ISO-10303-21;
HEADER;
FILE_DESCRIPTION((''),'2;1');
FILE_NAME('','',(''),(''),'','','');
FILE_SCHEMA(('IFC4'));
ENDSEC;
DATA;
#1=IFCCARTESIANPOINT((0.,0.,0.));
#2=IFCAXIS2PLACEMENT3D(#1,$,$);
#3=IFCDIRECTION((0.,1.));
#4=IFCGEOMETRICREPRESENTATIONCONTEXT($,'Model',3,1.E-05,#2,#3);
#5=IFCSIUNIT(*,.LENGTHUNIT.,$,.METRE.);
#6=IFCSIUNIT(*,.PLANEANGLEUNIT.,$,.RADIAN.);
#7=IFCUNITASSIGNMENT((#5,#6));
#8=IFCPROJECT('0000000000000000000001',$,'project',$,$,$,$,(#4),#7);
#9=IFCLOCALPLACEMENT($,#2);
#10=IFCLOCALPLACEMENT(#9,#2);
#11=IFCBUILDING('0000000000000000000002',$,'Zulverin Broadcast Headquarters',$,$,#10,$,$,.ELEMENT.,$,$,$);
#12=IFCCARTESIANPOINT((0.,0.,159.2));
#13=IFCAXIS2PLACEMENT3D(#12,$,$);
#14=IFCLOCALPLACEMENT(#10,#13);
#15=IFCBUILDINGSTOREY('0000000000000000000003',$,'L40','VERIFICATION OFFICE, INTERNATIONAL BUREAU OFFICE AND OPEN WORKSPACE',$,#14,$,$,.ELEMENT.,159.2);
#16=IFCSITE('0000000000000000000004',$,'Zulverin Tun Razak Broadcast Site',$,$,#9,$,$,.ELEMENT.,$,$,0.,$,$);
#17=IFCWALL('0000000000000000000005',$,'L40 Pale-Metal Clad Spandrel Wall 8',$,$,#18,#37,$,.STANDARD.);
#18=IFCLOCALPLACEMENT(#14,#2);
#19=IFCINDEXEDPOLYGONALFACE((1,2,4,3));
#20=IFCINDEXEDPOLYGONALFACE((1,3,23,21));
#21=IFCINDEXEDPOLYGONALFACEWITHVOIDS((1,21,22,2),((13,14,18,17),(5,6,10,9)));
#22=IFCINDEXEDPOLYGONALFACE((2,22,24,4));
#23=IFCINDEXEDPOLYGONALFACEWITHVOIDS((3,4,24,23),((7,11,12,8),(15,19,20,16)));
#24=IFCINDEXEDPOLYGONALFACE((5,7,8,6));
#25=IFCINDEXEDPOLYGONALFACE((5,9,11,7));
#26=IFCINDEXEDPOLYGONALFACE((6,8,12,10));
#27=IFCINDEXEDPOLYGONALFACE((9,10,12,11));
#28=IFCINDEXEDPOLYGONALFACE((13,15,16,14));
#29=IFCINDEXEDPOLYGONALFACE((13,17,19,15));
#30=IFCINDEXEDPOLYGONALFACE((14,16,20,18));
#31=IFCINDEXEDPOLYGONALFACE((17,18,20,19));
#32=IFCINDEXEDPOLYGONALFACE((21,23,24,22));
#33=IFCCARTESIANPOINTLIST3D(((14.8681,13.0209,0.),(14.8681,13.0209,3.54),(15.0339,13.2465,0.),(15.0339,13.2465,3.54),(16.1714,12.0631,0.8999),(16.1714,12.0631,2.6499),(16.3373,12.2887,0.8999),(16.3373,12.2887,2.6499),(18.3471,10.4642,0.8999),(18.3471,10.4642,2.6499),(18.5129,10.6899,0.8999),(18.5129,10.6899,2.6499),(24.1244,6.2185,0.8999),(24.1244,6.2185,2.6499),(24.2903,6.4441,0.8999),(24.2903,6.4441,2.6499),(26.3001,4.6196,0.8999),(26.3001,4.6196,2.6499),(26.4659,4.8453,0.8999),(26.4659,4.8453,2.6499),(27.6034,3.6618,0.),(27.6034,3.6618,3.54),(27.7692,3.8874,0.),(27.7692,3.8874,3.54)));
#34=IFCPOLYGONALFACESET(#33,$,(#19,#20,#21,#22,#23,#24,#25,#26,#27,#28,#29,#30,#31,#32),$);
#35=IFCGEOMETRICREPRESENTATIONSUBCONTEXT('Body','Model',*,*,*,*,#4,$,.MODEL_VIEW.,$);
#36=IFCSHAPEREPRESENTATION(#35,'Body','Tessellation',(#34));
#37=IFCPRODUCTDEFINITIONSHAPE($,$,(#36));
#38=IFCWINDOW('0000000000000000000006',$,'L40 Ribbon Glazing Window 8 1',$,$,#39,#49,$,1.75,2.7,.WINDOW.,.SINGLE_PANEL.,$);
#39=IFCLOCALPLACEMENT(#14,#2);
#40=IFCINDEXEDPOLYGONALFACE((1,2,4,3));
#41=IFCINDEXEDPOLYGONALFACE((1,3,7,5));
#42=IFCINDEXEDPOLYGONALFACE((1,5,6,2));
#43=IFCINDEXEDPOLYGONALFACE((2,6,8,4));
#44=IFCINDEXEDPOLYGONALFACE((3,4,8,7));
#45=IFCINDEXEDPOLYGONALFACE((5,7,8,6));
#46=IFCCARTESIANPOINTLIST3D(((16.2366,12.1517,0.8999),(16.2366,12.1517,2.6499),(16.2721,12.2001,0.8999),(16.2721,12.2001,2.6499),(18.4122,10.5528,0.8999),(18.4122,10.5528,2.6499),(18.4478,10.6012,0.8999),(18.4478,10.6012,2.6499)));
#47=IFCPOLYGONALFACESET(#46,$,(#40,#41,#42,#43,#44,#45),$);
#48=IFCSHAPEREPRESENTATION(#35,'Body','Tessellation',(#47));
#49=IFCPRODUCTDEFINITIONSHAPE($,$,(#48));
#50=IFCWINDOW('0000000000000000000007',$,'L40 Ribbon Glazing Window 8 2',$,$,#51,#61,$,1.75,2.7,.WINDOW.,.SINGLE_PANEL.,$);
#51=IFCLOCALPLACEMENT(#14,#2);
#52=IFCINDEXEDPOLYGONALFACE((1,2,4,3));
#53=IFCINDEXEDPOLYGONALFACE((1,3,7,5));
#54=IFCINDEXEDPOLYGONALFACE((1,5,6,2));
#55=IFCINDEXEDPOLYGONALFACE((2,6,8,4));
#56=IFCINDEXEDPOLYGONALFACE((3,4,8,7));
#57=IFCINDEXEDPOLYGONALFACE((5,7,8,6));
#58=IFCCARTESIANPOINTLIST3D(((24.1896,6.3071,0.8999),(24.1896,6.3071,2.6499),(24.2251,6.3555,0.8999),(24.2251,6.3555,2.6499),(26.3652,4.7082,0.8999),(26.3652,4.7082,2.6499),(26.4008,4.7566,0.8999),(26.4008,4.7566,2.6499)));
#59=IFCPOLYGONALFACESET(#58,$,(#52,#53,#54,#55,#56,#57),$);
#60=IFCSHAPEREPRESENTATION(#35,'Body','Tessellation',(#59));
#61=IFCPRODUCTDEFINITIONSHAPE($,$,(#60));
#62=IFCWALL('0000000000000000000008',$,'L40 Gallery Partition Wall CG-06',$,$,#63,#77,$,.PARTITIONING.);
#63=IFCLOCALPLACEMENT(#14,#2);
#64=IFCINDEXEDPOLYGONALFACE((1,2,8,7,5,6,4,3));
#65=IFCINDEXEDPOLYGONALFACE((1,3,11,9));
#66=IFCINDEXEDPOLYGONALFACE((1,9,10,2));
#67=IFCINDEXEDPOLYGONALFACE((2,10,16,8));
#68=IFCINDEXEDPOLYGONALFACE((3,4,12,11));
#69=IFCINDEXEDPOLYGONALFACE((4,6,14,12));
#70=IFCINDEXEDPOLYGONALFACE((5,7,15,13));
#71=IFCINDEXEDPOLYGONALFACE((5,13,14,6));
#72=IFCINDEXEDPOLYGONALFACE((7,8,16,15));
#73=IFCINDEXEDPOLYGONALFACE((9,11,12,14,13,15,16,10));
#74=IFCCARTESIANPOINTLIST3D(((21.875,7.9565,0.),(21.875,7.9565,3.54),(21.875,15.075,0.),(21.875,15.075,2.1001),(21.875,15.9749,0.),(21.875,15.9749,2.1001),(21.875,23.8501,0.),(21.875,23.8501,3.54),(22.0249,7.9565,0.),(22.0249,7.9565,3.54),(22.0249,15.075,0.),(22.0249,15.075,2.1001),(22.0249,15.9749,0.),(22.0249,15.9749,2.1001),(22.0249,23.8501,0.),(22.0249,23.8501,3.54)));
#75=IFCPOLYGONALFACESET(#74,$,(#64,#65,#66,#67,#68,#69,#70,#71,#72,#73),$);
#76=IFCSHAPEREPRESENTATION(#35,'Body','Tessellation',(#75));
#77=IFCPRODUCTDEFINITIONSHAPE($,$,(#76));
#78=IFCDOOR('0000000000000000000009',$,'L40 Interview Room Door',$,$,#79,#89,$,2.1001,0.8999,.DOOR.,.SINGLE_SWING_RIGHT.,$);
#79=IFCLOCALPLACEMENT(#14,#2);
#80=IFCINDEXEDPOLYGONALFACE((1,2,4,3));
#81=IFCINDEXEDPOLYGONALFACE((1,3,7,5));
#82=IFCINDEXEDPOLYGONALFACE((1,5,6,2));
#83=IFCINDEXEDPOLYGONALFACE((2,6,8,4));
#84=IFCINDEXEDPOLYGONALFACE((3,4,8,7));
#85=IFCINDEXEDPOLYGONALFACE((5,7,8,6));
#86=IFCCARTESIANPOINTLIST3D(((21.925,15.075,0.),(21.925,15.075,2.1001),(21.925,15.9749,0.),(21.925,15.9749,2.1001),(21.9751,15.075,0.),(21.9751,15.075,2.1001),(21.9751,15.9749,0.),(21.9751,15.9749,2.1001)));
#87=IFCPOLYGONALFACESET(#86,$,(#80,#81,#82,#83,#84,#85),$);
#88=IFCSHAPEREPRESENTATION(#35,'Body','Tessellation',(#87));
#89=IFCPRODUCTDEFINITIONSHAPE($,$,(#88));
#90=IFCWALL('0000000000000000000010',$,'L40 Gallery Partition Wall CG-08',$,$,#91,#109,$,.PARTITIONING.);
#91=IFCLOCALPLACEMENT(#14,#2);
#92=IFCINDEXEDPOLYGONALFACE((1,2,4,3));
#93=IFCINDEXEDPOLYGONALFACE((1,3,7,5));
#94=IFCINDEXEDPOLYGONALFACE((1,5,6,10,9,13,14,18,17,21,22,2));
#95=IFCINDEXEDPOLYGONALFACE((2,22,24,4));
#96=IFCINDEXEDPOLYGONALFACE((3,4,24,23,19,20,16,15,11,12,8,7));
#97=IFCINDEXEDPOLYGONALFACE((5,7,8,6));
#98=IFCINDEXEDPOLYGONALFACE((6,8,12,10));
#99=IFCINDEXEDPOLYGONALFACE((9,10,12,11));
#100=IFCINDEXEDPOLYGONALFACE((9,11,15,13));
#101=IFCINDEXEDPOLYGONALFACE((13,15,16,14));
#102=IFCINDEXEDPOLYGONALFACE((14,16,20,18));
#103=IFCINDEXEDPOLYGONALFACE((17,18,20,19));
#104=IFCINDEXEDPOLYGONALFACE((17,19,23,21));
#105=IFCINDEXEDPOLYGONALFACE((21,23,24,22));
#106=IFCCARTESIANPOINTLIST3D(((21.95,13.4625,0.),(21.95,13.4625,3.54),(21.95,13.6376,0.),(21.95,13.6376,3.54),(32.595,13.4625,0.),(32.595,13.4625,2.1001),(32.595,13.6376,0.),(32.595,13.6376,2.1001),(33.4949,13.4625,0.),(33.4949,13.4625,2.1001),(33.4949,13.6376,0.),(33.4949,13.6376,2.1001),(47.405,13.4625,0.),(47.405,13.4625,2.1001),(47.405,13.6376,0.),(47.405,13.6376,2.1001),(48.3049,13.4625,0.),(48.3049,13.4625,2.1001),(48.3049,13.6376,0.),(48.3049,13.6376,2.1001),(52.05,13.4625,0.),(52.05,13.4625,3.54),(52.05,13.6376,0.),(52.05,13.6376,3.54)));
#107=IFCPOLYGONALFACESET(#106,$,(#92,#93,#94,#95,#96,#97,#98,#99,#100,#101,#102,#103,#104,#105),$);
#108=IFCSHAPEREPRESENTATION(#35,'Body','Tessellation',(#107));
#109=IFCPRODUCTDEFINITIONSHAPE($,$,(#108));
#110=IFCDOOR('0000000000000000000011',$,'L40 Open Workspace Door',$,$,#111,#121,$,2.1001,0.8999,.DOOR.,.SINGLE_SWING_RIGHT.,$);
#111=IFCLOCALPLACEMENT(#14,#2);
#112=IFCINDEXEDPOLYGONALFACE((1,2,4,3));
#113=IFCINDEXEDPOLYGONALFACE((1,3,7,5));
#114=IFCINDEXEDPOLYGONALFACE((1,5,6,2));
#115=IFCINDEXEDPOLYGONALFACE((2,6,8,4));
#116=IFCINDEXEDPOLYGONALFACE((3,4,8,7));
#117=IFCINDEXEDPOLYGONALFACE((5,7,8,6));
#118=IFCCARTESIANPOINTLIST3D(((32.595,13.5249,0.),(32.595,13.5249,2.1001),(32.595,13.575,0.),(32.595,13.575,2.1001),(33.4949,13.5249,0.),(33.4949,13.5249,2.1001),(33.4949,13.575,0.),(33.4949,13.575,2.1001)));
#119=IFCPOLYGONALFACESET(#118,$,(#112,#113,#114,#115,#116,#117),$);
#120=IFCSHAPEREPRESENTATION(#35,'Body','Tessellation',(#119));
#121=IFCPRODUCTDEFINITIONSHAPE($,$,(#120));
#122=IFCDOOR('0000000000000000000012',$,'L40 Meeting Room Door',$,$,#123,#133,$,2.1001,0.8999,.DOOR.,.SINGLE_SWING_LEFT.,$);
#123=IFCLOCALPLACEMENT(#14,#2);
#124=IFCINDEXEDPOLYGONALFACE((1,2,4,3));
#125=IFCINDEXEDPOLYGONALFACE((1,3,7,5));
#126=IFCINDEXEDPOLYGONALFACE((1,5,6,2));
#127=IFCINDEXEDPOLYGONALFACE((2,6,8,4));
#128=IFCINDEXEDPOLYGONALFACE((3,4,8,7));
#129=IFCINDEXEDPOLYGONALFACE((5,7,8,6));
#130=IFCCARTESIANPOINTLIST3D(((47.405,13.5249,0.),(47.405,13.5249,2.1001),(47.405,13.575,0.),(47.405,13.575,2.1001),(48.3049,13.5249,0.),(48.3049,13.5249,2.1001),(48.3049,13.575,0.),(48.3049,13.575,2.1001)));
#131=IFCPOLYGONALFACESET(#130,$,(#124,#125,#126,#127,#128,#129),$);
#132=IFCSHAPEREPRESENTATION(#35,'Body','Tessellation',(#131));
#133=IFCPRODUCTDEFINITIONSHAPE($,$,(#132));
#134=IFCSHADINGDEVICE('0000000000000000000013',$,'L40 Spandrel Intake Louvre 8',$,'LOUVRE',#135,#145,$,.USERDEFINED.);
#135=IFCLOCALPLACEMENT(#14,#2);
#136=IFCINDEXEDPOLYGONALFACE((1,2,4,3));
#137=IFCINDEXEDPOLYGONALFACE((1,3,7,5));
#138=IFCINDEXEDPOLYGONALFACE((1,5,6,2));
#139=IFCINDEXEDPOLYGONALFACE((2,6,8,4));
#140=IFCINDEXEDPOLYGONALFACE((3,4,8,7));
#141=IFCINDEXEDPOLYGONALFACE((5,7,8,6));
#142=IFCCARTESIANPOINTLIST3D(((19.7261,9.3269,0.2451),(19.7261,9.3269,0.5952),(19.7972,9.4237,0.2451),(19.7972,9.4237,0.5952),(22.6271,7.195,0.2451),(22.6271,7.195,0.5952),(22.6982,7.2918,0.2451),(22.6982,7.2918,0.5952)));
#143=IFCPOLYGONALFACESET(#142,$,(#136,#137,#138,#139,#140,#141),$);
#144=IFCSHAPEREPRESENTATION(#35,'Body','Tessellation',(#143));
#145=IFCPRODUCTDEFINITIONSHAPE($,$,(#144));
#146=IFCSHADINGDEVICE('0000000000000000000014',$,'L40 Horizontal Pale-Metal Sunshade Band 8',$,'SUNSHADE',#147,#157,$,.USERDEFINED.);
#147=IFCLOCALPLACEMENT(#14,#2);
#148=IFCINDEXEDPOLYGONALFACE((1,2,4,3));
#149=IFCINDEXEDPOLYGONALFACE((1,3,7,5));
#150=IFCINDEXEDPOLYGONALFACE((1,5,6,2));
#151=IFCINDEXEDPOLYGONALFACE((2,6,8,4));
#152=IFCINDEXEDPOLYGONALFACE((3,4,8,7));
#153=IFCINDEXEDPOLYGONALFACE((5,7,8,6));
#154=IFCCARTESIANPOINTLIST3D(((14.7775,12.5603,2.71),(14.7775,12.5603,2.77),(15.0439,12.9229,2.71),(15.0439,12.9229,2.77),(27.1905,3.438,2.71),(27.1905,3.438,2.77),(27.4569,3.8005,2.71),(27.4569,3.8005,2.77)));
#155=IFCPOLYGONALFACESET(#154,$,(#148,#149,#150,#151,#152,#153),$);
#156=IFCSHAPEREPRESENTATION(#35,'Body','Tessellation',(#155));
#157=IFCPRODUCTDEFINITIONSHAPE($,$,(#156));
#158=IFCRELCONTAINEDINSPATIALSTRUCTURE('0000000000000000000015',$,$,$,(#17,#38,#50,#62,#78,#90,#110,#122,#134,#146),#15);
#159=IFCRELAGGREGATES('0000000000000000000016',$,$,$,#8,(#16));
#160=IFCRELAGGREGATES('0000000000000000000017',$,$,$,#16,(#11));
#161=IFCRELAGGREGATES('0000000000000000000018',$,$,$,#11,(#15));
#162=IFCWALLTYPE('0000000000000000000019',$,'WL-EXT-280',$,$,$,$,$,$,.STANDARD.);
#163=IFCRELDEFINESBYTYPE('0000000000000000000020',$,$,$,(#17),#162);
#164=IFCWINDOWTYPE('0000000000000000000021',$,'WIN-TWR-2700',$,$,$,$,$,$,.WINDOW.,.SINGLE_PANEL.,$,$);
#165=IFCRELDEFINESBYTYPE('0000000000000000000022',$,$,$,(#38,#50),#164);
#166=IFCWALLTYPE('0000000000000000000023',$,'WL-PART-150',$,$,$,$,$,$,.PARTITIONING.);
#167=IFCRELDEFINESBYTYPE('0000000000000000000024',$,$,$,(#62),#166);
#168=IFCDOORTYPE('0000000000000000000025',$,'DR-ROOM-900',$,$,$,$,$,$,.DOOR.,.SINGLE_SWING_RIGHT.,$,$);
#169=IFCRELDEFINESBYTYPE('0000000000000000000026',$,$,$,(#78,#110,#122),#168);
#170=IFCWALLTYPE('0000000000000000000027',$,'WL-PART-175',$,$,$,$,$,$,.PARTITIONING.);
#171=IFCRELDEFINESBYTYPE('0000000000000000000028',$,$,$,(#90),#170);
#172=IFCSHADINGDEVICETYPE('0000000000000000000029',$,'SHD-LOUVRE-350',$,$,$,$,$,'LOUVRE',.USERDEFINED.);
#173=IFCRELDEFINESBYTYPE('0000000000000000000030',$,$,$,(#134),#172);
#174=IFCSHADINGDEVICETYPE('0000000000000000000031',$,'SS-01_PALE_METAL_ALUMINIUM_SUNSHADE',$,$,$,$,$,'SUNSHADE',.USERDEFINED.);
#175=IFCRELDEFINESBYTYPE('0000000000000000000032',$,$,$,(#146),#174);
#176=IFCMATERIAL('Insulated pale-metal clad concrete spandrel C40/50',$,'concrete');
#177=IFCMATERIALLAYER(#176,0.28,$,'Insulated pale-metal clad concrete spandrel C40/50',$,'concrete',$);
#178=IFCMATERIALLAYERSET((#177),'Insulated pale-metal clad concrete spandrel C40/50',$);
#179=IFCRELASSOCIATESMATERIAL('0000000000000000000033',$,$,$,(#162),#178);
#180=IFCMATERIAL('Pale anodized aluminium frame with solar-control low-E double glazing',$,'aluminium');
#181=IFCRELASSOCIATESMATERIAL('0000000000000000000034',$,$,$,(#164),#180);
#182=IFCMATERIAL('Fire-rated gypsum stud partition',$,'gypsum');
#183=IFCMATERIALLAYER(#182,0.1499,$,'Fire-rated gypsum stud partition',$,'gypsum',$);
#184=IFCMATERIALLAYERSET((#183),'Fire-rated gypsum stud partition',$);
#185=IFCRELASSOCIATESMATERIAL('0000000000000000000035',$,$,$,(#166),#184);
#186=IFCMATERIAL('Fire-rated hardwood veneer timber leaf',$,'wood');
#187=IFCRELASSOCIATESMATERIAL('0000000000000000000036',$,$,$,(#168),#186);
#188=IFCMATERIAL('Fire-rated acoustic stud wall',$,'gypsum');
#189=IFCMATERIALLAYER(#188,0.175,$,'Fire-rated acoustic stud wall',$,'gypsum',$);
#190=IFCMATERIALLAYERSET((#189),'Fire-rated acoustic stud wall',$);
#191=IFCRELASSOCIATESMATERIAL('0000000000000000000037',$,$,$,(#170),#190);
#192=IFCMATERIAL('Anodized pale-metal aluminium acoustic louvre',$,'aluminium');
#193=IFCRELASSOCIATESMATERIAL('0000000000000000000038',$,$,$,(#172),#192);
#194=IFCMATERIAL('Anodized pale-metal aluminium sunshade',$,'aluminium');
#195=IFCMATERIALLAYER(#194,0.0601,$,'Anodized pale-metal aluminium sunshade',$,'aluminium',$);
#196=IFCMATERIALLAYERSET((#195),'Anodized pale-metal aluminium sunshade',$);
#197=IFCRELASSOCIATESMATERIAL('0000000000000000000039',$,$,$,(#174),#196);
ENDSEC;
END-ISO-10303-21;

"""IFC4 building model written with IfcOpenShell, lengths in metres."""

from ifc_helpers import new_model, si_unit, direction, frame, frame_2d, origin, origin_2d, place, context, subcontext, project, spatial, rectangle, extrude, material, layer, layer_set, type_object, element, fill, save


model = new_model("IFC4")

# Units and contexts
model_context = context("Model", 3, precision=1e-05, world=origin(), true_north=direction((0.0, 1.0)))
body_context = subcontext(model_context, "Body", "Model", "MODEL_VIEW")
ifc_project = project(units=[si_unit("LENGTHUNIT", "METRE"), si_unit("PLANEANGLEUNIT", "RADIAN")], contexts=[model_context])

# Site, building, storey
site_placement = place(None, origin())
site = spatial("IfcSite", under=ifc_project, at=site_placement, Name="Zulverin Tun Razak Broadcast Site", CompositionType="ELEMENT", RefElevation=0.0)
building_placement = place(site_placement, origin())
building = spatial("IfcBuilding", under=site, at=building_placement, Name="Zulverin Broadcast Headquarters", CompositionType="ELEMENT")
storey_placement = place(building_placement, frame((0.0, 0.0, 159.2)))
storey = spatial("IfcBuildingStorey", under=building, at=storey_placement, Name="L40", Description="VERIFICATION OFFICE, INTERNATIONAL BUREAU OFFICE AND OPEN WORKSPACE", CompositionType="ELEMENT", Elevation=159.2)

# Wall, openings, windows
ifc_material_1 = material(Name="Insulated pale-metal clad concrete spandrel C40/50", Category="concrete")
ifc_layer_1 = layer(ifc_material_1, 0.28, Name="Insulated pale-metal clad concrete spandrel C40/50", Category="concrete")
ifc_layer_set_1 = layer_set([ifc_layer_1], Name="Insulated pale-metal clad concrete spandrel C40/50")
wall_type_1 = type_object("IfcWallType", Name="WL-EXT-280", PredefinedType="STANDARD", material=ifc_layer_set_1)
wall_1_placement = place(storey_placement, frame((14.9509, 13.1338, 0.0), z_axis=(0.0, 0.0, 1.0), x_axis=(0.805805, -0.592181, 0.0)))
wall_1 = element("IfcWall", 1, at=wall_1_placement, inside=storey, type_object=wall_type_1, Name="L40 Pale-Metal Clad Spandrel Wall 8", PredefinedType="STANDARD", context=body_context, shape_type="SweptSolid", body=[
    extrude(rectangle(XDim=15.8044, YDim=0.28, at=frame_2d((7.9023, 0.0))), origin(), (0.0, 0.0, 1.0), 3.54),
])
opening_1_placement = place(wall_1_placement, frame((1.6174, 0.0, 0.8999)))
opening_1 = element("IfcOpeningElement", 2, at=opening_1_placement, cuts=wall_1, PredefinedType="OPENING", context=body_context, shape_type="SweptSolid", body=[
    extrude(rectangle(XDim=2.7, YDim=1.75, at=frame_2d((1.3501, 0.875))), frame((0.0, 0.1499, 0.0), z_axis=(0.0, -1.0, 0.0), x_axis=(1.0, 0.0, 0.0)), (0.0, 0.0, 1.0), 0.3),
])
opening_2_placement = place(wall_1_placement, frame((11.4871, 0.0, 0.8999)))
opening_2 = element("IfcOpeningElement", 3, at=opening_2_placement, cuts=wall_1, PredefinedType="OPENING", context=body_context, shape_type="SweptSolid", body=[
    extrude(rectangle(XDim=2.7, YDim=1.75, at=frame_2d((1.3501, 0.875))), frame((0.0, 0.1499, 0.0), z_axis=(0.0, -1.0, 0.0), x_axis=(1.0, 0.0, 0.0)), (0.0, 0.0, 1.0), 0.3),
])
ifc_material_2 = material(Name="Pale anodized aluminium frame with solar-control low-E double glazing", Category="aluminium")
window_type = type_object("IfcWindowType", Name="WIN-TWR-2700", PartitioningType="SINGLE_PANEL", PredefinedType="WINDOW", material=ifc_material_2)
window_1_placement = place(opening_1_placement, origin())
window_1 = element("IfcWindow", 4, at=window_1_placement, inside=storey, type_object=window_type, Name="L40 Ribbon Glazing Window 8 1", OverallHeight=1.75, OverallWidth=2.7, PartitioningType="SINGLE_PANEL", PredefinedType="WINDOW", context=body_context, shape_type="SweptSolid", body=[
    extrude(rectangle(XDim=2.7, YDim=1.75, at=frame_2d((1.3501, 0.875))), frame((0.0, 0.03, 0.0), z_axis=(0.0, -1.0, 0.0), x_axis=(1.0, 0.0, 0.0)), (0.0, 0.0, 1.0), 0.0601),
])
fill(opening_1, window_1)
window_2_placement = place(opening_2_placement, origin())
window_2 = element("IfcWindow", 5, at=window_2_placement, inside=storey, type_object=window_type, Name="L40 Ribbon Glazing Window 8 2", OverallHeight=1.75, OverallWidth=2.7, PartitioningType="SINGLE_PANEL", PredefinedType="WINDOW", context=body_context, shape_type="SweptSolid", body=[
    extrude(rectangle(XDim=2.7, YDim=1.75, at=frame_2d((1.3501, 0.875))), frame((0.0, 0.03, 0.0), z_axis=(0.0, -1.0, 0.0), x_axis=(1.0, 0.0, 0.0)), (0.0, 0.0, 1.0), 0.0601),
])
fill(opening_2, window_2)

# Wall, opening, door
ifc_material_3 = material(Name="Fire-rated gypsum stud partition", Category="gypsum")
ifc_layer_2 = layer(ifc_material_3, 0.1499, Name="Fire-rated gypsum stud partition", Category="gypsum")
ifc_layer_set_2 = layer_set([ifc_layer_2], Name="Fire-rated gypsum stud partition")
wall_type_2 = type_object("IfcWallType", Name="WL-PART-150", PredefinedType="PARTITIONING", material=ifc_layer_set_2)
wall_2_placement = place(storey_placement, frame((21.95, 7.9565, 0.0), z_axis=(0.0, 0.0, 1.0), x_axis=(0.0, 1.0, 0.0)))
wall_2 = element("IfcWall", 6, at=wall_2_placement, inside=storey, type_object=wall_type_2, Name="L40 Gallery Partition Wall CG-06", PredefinedType="PARTITIONING", context=body_context, shape_type="SweptSolid", body=[
    extrude(rectangle(XDim=15.8936, YDim=0.1499, at=frame_2d((7.9468, 0.0))), origin(), (0.0, 0.0, 1.0), 3.54),
])
opening_3_placement = place(wall_2_placement, frame((7.1184, 0.0, 0.0)))
opening_3 = element("IfcOpeningElement", 7, at=opening_3_placement, cuts=wall_2, PredefinedType="OPENING", context=body_context, shape_type="SweptSolid", body=[
    extrude(rectangle(XDim=0.8999, YDim=2.1001, at=frame_2d((0.45, 1.05))), frame((0.0, 0.085, 0.0), z_axis=(0.0, -1.0, 0.0), x_axis=(1.0, 0.0, 0.0)), (0.0, 0.0, 1.0), 0.1699),
])
ifc_material_4 = material(Name="Fire-rated hardwood veneer timber leaf", Category="wood")
door_type_1 = type_object("IfcDoorType", Name="DR-ROOM-900", OperationType="SINGLE_SWING_RIGHT", PredefinedType="DOOR", material=ifc_material_4)
door_1_placement = place(opening_3_placement, origin())
door_1 = element("IfcDoor", 8, at=door_1_placement, inside=storey, type_object=door_type_1, Name="L40 Interview Room Door", OperationType="SINGLE_SWING_RIGHT", OverallHeight=2.1001, OverallWidth=0.8999, PredefinedType="DOOR", context=body_context, shape_type="SweptSolid", body=[
    extrude(rectangle(XDim=0.8999, YDim=2.1001, at=frame_2d((0.45, 1.05))), frame((0.0, 0.0249, 0.0), z_axis=(0.0, -1.0, 0.0), x_axis=(1.0, 0.0, 0.0)), (0.0, 0.0, 1.0), 0.05),
])
fill(opening_3, door_1)

# Wall, openings, doors
ifc_material_5 = material(Name="Fire-rated acoustic stud wall", Category="gypsum")
ifc_layer_3 = layer(ifc_material_5, 0.175, Name="Fire-rated acoustic stud wall", Category="gypsum")
ifc_layer_set_3 = layer_set([ifc_layer_3], Name="Fire-rated acoustic stud wall")
wall_type_3 = type_object("IfcWallType", Name="WL-PART-175", PredefinedType="PARTITIONING", material=ifc_layer_set_3)
wall_3_placement = place(storey_placement, frame((21.95, 13.55, 0.0), z_axis=(0.0, 0.0, 1.0), x_axis=(1.0, 0.0, 0.0)))
wall_3 = element("IfcWall", 9, at=wall_3_placement, inside=storey, type_object=wall_type_3, Name="L40 Gallery Partition Wall CG-08", PredefinedType="PARTITIONING", context=body_context, shape_type="SweptSolid", body=[
    extrude(rectangle(XDim=30.1001, YDim=0.175, at=frame_2d((15.05, 0.0))), origin(), (0.0, 0.0, 1.0), 3.54),
])
opening_4_placement = place(wall_3_placement, frame((10.645, 0.0, 0.0)))
opening_4 = element("IfcOpeningElement", 10, at=opening_4_placement, cuts=wall_3, PredefinedType="OPENING", context=body_context, shape_type="SweptSolid", body=[
    extrude(rectangle(XDim=0.8999, YDim=2.1001, at=frame_2d((0.45, 1.05))), frame((0.0, 0.0974, 0.0), z_axis=(0.0, -1.0, 0.0), x_axis=(1.0, 0.0, 0.0)), (0.0, 0.0, 1.0), 0.1951),
])
opening_5_placement = place(wall_3_placement, frame((25.4551, 0.0, 0.0)))
opening_5 = element("IfcOpeningElement", 11, at=opening_5_placement, cuts=wall_3, PredefinedType="OPENING", context=body_context, shape_type="SweptSolid", body=[
    extrude(rectangle(XDim=0.8999, YDim=2.1001, at=frame_2d((0.45, 1.05))), frame((0.0, 0.0974, 0.0), z_axis=(0.0, -1.0, 0.0), x_axis=(1.0, 0.0, 0.0)), (0.0, 0.0, 1.0), 0.1951),
])
door_2_placement = place(opening_4_placement, origin())
door_2 = element("IfcDoor", 12, at=door_2_placement, inside=storey, type_object=door_type_1, Name="L40 Open Workspace Door", OperationType="SINGLE_SWING_RIGHT", OverallHeight=2.1001, OverallWidth=0.8999, PredefinedType="DOOR", context=body_context, shape_type="SweptSolid", body=[
    extrude(rectangle(XDim=0.8999, YDim=2.1001, at=frame_2d((0.45, 1.05))), frame((0.0, 0.0249, 0.0), z_axis=(0.0, -1.0, 0.0), x_axis=(1.0, 0.0, 0.0)), (0.0, 0.0, 1.0), 0.05),
])
fill(opening_4, door_2)
door_3_placement = place(opening_5_placement, origin())
door_3 = element("IfcDoor", 13, at=door_3_placement, inside=storey, type_object=door_type_1, Name="L40 Meeting Room Door", OperationType="SINGLE_SWING_LEFT", OverallHeight=2.1001, OverallWidth=0.8999, PredefinedType="DOOR", context=body_context, shape_type="SweptSolid", body=[
    extrude(rectangle(XDim=0.8999, YDim=2.1001, at=frame_2d((0.45, 1.05))), frame((0.0, 0.0249, 0.0), z_axis=(0.0, -1.0, 0.0), x_axis=(1.0, 0.0, 0.0)), (0.0, 0.0, 1.0), 0.05),
])
fill(opening_5, door_3)

# Shading devices
ifc_material_6 = material(Name="Anodized pale-metal aluminium acoustic louvre", Category="aluminium")
shading_device_type_1 = type_object("IfcShadingDeviceType", Name="SHD-LOUVRE-350", ElementType="LOUVRE", PredefinedType="USERDEFINED", material=ifc_material_6)
shading_device_1_placement = place(storey_placement, frame((21.2122, 8.3093, 0.2451), z_axis=(0.0, 0.0, 1.0), x_axis=(0.805802, -0.592185, 0.0)))
element("IfcShadingDevice", 14, at=shading_device_1_placement, inside=storey, type_object=shading_device_type_1, Name="L40 Spandrel Intake Louvre 8", ObjectType="LOUVRE", PredefinedType="USERDEFINED", context=body_context, shape_type="SweptSolid", body=[
    extrude(rectangle(XDim=3.6001, YDim=0.1201, at=origin_2d()), origin(), (0.0, 0.0, 1.0), 0.3501),
])
ifc_material_7 = material(Name="Anodized pale-metal aluminium sunshade", Category="aluminium")
ifc_layer_4 = layer(ifc_material_7, 0.0601, Name="Anodized pale-metal aluminium sunshade", Category="aluminium")
ifc_layer_set_4 = layer_set([ifc_layer_4], Name="Anodized pale-metal aluminium sunshade")
shading_device_type_2 = type_object("IfcShadingDeviceType", Name="SS-01_PALE_METAL_ALUMINIUM_SUNSHADE", ElementType="SUNSHADE", PredefinedType="USERDEFINED", material=ifc_layer_set_4)
shading_device_2_placement = place(storey_placement, frame((21.1172, 8.1804, 2.71), z_axis=(0.0, 0.0, 1.0), x_axis=(0.805802, -0.592185, 0.0)))
element("IfcShadingDevice", 15, at=shading_device_2_placement, inside=storey, type_object=shading_device_type_2, Name="L40 Horizontal Pale-Metal Sunshade Band 8", ObjectType="SUNSHADE", PredefinedType="USERDEFINED", context=body_context, shape_type="SweptSolid", body=[
    extrude(rectangle(XDim=15.4045, YDim=0.45, at=origin_2d()), origin(), (0.0, 0.0, 1.0), 0.0601),
])

save(model, "model.ifc")
